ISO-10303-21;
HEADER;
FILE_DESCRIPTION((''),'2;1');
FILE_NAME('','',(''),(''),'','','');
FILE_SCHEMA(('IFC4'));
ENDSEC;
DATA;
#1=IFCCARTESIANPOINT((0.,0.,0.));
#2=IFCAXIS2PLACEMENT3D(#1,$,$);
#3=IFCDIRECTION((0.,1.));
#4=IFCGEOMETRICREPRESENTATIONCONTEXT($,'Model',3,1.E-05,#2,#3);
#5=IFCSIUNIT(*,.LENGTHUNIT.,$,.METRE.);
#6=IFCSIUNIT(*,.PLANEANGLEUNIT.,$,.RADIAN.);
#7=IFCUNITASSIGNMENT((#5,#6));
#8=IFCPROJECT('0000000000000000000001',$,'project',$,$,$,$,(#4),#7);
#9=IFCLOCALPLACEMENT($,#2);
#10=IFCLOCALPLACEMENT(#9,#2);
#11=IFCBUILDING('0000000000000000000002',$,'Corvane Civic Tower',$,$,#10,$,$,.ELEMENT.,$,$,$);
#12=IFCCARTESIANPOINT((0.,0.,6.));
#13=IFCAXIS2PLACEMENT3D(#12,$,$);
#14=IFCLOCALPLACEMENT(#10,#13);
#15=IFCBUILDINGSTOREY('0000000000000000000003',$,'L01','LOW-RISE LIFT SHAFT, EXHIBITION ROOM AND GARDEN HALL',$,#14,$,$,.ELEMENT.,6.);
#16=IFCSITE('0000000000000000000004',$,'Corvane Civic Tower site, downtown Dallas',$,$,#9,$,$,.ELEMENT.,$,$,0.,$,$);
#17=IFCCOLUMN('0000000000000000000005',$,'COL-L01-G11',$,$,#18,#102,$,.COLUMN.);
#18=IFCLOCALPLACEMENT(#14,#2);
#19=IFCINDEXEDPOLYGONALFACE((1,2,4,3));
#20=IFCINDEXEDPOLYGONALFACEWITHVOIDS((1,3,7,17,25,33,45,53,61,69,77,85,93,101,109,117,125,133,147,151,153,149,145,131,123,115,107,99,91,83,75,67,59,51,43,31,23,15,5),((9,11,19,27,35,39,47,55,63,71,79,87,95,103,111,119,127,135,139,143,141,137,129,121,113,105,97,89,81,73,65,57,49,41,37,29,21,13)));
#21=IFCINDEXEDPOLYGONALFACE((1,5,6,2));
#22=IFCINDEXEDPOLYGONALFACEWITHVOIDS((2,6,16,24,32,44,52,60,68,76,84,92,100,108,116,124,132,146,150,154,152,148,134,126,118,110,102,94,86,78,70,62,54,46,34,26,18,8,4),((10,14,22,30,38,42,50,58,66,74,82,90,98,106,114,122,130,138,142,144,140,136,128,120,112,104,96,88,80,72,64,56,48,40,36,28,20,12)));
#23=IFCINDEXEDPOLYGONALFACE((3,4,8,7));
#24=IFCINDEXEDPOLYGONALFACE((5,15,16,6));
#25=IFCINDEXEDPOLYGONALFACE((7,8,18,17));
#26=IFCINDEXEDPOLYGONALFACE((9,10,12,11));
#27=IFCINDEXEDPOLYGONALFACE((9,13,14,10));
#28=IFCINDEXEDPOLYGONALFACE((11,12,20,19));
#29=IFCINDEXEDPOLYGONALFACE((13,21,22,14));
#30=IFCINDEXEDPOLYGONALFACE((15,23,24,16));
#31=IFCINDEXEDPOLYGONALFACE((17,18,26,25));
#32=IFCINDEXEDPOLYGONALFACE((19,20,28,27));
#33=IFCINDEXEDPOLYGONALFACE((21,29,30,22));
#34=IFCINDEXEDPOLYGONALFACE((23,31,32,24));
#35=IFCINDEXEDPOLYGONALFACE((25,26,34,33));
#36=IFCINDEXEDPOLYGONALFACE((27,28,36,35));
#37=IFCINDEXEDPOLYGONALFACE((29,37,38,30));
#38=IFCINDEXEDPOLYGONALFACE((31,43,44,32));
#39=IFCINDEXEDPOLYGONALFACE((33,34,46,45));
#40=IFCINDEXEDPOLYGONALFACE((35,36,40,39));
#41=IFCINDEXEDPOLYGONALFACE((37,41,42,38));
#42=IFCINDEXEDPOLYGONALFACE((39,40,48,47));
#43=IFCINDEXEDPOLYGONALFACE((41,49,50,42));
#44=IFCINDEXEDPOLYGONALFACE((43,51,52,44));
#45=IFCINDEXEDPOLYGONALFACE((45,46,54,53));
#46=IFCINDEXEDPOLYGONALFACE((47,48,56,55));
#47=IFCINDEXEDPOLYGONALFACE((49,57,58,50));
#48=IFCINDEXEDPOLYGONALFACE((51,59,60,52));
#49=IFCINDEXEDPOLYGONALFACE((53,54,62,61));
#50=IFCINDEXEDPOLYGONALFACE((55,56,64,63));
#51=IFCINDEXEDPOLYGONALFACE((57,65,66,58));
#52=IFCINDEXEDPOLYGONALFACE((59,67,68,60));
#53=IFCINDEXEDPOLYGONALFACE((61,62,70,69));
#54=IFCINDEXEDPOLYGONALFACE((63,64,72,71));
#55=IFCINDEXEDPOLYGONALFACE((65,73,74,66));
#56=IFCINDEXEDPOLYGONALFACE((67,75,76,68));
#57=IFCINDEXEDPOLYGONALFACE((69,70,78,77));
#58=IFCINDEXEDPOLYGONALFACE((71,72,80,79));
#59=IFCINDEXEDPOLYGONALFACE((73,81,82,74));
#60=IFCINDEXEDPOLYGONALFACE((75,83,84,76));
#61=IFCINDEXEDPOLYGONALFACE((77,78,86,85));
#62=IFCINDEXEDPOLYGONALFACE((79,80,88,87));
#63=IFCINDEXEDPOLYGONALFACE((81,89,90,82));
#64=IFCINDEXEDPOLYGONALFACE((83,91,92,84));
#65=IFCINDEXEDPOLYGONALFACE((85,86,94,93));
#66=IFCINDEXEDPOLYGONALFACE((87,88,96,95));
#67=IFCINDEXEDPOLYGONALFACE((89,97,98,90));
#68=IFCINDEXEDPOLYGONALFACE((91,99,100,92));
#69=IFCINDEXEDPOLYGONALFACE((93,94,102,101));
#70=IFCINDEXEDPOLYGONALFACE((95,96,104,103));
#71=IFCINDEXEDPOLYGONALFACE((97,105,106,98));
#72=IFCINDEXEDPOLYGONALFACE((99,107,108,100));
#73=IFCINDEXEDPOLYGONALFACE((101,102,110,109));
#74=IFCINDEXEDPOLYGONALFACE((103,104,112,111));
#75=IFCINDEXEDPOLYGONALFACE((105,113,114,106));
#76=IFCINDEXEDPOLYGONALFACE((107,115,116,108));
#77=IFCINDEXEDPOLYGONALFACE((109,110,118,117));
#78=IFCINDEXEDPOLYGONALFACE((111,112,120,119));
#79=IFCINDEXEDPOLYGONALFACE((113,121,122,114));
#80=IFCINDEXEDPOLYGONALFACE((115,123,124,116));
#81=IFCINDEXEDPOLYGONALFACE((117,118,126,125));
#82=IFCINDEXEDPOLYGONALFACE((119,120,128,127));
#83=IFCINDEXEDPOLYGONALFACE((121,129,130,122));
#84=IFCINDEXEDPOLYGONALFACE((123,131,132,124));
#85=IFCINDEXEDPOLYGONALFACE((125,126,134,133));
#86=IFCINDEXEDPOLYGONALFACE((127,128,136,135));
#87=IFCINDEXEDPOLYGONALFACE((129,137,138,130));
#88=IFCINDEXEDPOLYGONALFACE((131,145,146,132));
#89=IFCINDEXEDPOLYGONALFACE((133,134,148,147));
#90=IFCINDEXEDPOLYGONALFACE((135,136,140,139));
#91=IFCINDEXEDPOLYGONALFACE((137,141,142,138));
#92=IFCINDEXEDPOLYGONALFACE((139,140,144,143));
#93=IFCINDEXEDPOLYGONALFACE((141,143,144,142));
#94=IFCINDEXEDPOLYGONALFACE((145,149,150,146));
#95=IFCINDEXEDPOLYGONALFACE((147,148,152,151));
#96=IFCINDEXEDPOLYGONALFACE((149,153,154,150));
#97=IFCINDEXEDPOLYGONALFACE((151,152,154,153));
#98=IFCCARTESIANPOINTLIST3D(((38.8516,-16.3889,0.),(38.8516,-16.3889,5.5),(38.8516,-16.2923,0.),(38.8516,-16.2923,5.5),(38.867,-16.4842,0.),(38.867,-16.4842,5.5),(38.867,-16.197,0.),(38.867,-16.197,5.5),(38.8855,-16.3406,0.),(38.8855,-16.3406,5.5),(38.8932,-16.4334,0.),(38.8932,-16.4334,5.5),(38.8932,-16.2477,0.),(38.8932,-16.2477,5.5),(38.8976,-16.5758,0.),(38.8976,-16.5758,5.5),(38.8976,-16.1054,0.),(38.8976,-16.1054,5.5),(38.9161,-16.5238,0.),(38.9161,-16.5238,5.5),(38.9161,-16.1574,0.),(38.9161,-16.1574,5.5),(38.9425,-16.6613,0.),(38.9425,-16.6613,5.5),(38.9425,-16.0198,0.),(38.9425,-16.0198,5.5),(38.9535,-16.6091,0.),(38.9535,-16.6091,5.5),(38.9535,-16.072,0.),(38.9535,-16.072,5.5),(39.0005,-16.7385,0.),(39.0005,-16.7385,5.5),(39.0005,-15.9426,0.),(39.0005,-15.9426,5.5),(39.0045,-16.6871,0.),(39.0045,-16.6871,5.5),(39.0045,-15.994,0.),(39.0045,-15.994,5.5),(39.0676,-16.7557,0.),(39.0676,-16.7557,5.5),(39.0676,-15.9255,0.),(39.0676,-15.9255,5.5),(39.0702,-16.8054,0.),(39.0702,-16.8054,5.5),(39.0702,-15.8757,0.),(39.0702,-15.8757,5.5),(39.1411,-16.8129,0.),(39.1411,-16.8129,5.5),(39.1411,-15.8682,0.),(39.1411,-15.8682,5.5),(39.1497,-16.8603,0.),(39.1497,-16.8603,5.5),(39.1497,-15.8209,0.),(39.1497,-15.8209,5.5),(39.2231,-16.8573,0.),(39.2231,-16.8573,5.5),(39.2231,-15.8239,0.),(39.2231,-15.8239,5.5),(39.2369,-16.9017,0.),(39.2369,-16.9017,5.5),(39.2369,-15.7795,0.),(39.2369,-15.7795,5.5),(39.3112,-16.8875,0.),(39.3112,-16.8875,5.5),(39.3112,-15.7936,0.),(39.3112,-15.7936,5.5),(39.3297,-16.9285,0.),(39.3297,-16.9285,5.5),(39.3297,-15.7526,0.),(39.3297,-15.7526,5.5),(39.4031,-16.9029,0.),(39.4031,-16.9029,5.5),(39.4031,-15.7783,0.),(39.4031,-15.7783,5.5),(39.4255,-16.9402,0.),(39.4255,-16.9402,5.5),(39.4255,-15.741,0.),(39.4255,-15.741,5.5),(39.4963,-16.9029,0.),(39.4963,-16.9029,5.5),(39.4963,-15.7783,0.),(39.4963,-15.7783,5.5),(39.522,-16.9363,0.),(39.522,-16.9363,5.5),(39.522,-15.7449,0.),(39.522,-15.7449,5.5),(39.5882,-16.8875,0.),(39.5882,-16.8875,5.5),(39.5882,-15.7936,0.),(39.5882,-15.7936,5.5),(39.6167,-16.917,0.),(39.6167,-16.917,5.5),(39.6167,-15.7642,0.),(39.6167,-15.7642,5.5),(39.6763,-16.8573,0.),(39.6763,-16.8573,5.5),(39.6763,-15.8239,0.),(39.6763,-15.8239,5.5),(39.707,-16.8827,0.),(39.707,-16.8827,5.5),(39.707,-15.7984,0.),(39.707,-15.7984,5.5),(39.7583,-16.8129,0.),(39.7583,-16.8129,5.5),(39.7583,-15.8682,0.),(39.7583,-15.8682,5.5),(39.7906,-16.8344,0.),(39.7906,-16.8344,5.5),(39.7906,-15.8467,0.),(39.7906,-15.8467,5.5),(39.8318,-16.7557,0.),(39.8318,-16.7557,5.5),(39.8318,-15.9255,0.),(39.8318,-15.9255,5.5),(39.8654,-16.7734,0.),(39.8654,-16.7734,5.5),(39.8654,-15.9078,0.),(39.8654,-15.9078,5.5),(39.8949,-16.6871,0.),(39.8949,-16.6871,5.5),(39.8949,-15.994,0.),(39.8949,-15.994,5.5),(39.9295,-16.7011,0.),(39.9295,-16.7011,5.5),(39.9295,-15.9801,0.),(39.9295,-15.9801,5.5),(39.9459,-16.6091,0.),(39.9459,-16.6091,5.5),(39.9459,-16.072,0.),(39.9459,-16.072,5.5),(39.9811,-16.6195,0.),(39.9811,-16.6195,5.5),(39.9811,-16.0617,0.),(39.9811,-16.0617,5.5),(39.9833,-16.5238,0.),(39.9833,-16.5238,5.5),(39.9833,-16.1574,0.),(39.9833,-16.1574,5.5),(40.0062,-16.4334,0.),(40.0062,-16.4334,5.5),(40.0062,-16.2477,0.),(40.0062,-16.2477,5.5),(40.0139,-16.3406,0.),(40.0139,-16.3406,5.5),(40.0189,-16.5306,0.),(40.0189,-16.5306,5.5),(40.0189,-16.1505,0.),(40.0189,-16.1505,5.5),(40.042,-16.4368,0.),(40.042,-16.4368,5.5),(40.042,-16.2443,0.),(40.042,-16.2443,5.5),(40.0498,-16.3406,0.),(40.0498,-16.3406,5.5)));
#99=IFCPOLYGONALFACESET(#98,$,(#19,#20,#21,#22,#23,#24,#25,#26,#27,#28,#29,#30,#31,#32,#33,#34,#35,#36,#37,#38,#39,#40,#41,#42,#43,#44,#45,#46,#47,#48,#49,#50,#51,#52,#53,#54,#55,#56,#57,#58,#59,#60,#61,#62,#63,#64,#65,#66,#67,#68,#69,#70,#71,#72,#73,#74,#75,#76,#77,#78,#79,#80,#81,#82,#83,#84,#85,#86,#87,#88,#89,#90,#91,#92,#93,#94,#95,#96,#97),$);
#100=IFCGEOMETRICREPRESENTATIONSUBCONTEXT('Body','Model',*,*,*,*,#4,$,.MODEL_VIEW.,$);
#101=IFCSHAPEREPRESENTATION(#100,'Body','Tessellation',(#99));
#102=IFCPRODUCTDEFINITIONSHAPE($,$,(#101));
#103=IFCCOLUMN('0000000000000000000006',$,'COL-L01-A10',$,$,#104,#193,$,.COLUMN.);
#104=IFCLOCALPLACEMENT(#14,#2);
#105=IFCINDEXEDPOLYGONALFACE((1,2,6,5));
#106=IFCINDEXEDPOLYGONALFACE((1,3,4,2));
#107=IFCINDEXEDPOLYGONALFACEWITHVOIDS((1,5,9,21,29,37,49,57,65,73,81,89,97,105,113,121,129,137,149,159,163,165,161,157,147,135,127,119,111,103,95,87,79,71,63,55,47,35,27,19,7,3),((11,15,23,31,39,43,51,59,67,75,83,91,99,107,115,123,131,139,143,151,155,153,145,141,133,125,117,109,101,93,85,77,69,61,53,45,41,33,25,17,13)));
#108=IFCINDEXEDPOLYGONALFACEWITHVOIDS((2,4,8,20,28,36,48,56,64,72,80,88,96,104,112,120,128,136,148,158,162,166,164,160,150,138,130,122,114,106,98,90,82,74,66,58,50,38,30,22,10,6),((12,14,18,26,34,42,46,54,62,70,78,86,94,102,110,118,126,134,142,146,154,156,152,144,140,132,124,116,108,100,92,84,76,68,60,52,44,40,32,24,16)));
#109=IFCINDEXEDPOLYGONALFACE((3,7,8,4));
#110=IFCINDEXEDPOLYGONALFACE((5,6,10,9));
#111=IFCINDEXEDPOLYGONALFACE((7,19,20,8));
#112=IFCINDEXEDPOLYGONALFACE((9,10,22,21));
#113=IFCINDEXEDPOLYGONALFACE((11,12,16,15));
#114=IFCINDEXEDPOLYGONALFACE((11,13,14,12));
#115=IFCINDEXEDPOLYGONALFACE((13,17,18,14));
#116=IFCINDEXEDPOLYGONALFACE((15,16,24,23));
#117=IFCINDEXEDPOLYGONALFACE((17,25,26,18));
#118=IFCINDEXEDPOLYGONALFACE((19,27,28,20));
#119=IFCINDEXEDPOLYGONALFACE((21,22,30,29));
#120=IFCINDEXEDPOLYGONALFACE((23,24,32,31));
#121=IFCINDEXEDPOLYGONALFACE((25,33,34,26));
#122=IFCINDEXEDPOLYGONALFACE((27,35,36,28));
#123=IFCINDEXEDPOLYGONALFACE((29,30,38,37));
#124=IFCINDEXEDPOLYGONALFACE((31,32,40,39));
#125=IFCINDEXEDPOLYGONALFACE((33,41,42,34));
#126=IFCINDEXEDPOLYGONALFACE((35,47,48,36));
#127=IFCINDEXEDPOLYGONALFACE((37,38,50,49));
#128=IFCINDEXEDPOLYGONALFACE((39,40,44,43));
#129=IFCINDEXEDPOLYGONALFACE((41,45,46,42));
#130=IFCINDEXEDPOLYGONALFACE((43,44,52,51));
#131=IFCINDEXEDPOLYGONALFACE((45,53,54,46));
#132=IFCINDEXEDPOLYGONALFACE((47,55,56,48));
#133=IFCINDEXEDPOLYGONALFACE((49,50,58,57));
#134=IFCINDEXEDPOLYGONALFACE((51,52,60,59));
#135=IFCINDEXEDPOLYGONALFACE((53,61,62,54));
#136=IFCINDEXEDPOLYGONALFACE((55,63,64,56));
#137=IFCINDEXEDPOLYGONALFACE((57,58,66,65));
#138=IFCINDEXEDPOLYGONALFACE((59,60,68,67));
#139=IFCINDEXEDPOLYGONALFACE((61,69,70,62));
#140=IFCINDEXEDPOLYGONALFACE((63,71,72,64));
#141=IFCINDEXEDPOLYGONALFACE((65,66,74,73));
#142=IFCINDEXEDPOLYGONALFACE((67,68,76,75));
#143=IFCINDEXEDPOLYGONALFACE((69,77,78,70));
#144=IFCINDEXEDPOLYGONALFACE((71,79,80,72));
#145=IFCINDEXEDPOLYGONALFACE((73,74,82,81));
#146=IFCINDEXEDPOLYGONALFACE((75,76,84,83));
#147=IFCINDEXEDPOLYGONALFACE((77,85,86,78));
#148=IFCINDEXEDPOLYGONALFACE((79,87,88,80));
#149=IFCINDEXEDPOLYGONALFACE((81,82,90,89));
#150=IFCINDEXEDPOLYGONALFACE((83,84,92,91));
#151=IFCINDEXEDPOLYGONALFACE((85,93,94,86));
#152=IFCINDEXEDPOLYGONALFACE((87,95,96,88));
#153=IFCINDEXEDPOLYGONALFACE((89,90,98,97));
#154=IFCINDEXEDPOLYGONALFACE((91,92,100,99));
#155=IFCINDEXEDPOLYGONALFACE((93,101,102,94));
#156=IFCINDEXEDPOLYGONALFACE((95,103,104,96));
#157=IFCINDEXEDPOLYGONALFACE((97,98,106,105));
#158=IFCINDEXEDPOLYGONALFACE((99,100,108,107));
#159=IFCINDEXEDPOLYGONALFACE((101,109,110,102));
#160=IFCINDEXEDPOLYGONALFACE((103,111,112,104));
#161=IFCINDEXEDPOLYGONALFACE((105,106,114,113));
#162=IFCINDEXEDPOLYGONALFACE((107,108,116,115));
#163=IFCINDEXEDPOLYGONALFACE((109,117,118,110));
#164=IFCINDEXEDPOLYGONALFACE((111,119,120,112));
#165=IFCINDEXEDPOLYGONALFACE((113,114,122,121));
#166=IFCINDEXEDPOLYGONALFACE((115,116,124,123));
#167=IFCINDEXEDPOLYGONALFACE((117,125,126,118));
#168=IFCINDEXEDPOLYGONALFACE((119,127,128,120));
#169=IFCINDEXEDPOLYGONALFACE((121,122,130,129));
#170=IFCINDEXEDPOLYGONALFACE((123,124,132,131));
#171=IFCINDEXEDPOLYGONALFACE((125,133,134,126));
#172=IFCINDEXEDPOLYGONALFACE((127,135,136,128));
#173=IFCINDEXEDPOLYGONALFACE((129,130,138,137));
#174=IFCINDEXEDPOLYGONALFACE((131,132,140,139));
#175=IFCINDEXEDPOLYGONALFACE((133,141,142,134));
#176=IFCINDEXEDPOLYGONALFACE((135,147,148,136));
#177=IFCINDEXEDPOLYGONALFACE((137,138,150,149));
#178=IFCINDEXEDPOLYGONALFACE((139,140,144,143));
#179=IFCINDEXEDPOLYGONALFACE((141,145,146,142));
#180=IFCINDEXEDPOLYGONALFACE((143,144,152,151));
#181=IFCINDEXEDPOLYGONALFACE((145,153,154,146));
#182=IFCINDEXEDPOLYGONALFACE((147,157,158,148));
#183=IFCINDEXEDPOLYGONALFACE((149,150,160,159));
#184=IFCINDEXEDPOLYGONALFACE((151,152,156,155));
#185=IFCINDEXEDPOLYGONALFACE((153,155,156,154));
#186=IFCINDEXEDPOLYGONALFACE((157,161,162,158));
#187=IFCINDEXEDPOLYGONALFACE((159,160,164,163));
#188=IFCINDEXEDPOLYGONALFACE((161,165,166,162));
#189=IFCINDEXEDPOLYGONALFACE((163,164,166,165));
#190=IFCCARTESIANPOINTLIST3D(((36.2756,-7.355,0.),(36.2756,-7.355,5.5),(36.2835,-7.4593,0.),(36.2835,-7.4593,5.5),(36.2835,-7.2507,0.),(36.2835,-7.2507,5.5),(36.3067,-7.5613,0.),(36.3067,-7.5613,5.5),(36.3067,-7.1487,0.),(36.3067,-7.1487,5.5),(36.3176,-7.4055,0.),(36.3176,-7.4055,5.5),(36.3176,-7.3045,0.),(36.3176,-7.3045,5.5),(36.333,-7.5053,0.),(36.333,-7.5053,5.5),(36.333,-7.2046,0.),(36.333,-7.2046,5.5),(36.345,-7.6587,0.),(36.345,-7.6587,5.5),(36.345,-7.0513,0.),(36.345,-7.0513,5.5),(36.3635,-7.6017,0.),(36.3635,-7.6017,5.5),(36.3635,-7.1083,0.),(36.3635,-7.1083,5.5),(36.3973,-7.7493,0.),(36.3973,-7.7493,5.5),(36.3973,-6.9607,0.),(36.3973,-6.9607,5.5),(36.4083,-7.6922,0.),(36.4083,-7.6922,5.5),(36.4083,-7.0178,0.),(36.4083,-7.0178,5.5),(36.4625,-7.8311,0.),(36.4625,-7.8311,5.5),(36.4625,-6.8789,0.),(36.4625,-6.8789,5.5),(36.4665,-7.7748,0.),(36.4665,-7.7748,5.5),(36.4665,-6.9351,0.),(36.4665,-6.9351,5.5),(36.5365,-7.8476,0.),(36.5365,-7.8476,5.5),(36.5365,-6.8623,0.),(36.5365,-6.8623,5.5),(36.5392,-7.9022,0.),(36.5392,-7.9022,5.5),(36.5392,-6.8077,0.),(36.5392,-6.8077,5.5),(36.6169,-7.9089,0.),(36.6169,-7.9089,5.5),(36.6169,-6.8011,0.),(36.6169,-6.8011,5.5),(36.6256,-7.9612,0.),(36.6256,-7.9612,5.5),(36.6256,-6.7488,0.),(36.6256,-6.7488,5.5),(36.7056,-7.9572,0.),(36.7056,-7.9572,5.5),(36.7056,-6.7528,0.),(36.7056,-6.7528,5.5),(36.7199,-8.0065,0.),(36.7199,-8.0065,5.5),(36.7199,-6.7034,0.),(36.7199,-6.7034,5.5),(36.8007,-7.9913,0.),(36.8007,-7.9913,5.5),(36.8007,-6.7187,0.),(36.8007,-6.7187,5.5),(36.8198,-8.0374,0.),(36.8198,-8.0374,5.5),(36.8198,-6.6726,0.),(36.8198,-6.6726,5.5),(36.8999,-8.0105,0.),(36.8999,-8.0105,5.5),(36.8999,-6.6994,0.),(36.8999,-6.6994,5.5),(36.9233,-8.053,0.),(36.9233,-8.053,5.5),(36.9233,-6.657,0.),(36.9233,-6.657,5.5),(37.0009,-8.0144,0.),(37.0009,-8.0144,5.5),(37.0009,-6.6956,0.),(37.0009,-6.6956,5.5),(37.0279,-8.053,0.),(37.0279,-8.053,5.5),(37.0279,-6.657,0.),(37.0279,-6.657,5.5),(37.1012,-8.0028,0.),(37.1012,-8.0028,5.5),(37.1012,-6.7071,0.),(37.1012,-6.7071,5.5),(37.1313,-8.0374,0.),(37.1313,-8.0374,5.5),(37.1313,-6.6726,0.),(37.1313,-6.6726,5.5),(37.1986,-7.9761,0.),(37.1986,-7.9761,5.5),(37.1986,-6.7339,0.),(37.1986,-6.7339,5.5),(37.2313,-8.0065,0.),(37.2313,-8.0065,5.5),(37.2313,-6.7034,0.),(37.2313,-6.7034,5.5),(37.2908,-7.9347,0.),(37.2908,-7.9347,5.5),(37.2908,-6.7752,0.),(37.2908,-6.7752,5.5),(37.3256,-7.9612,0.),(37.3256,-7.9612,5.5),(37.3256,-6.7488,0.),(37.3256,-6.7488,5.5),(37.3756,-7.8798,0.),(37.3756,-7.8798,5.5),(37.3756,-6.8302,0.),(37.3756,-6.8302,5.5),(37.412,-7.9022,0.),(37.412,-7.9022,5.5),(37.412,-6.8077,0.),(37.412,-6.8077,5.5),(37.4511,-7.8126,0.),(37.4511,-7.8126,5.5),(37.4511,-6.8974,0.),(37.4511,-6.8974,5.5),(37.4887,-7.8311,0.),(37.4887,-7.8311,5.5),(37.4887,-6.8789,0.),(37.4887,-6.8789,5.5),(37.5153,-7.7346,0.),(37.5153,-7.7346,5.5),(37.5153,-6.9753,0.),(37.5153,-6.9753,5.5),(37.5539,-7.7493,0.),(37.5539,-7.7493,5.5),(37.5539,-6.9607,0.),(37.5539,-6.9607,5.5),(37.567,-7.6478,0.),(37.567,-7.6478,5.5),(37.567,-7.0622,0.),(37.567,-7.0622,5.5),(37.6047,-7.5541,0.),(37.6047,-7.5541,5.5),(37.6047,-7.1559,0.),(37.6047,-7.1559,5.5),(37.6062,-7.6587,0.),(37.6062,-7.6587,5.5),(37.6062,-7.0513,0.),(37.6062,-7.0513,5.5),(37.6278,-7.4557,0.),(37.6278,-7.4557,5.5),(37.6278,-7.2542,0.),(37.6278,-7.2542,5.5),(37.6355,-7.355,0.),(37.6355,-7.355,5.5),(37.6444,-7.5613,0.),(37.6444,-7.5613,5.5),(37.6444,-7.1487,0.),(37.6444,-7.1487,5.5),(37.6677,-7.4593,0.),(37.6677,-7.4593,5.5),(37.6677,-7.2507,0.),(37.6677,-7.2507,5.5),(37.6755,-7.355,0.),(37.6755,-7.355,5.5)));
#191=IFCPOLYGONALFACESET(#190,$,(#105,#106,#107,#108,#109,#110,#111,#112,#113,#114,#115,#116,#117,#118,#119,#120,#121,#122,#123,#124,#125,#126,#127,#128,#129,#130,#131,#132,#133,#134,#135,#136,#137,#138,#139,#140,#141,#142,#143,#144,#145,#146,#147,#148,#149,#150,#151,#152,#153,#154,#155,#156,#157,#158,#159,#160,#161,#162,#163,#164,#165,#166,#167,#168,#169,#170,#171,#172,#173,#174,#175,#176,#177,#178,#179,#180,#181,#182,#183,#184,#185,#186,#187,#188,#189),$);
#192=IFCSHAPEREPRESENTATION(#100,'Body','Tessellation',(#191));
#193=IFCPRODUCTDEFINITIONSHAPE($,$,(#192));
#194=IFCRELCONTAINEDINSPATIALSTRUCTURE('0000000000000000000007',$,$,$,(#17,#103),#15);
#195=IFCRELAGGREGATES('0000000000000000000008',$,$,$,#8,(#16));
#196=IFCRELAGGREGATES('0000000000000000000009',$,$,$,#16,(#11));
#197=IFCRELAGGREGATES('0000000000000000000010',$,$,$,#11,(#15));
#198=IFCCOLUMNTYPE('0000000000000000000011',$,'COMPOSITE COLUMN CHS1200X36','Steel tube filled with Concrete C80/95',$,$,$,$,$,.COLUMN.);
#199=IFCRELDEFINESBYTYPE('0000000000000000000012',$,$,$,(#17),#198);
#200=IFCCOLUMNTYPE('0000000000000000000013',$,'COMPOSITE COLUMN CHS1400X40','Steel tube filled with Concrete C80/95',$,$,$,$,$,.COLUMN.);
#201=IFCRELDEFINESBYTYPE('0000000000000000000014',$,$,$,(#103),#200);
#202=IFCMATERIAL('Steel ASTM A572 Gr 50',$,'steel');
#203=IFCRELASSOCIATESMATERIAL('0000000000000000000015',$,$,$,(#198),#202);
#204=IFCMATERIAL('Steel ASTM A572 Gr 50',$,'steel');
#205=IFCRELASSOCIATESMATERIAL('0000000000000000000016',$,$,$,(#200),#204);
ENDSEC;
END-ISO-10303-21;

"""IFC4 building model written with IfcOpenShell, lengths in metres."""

from ifc_helpers import new_model, si_unit, direction, frame, origin, origin_2d, place, context, subcontext, project, spatial, hollow_circle, extrude, material, material_profile, profile_set, type_object, element, save


model = new_model("IFC4")

# Units and contexts
model_context = context("Model", 3, precision=1e-05, world=origin(), true_north=direction((0.0, 1.0)))
body_context = subcontext(model_context, "Body", "Model", "MODEL_VIEW")
ifc_project = project(units=[si_unit("LENGTHUNIT", "METRE"), si_unit("PLANEANGLEUNIT", "RADIAN")], contexts=[model_context])

# Site, building, storey
site_placement = place(None, origin())
site = spatial("IfcSite", under=ifc_project, at=site_placement, Name="Corvane Civic Tower site, downtown Dallas", CompositionType="ELEMENT", RefElevation=0.0)
building_placement = place(site_placement, origin())
building = spatial("IfcBuilding", under=site, at=building_placement, Name="Corvane Civic Tower", CompositionType="ELEMENT")
storey_placement = place(building_placement, frame((0.0, 0.0, 6.0)))
storey = spatial("IfcBuildingStorey", under=building, at=storey_placement, Name="L01", Description="LOW-RISE LIFT SHAFT, EXHIBITION ROOM AND GARDEN HALL", CompositionType="ELEMENT", Elevation=6.0)

# Columns
ifc_material_1 = material(Name="Steel ASTM A572 Gr 50", Category="steel")
ifc_material_profile_1 = material_profile(ifc_material_1, hollow_circle(Radius=0.6001, WallThickness=0.0359, at=origin_2d()), Name="CHS1200X36")
ifc_profile_set_1 = profile_set([ifc_material_profile_1], Name="Steel ASTM A572 Gr 50")
column_type_1 = type_object("IfcColumnType", Name="COMPOSITE COLUMN CHS1200X36", Description="Steel tube filled with Concrete C80/95", PredefinedType="COLUMN", material=ifc_profile_set_1)
column_placement = place(storey_placement, frame((39.4497, -16.3406, 0.0), z_axis=(0.0, 0.0, 1.0), x_axis=(1.0, 0.0, 0.0)))
element("IfcColumn", 1, at=column_placement, inside=storey, type_object=column_type_1, Name="COL-L01-G11", PredefinedType="COLUMN", context=body_context, shape_type="SweptSolid", body=[
    extrude(hollow_circle(Radius=0.6001, WallThickness=0.0359, at=origin_2d()), origin(), (0.0, 0.0, 1.0), 5.5),
])
ifc_material_2 = material(Name="Steel ASTM A572 Gr 50", Category="steel")
ifc_material_profile_2 = material_profile(ifc_material_2, hollow_circle(Radius=0.7, WallThickness=0.04, at=origin_2d()), Name="CHS1400X40")
ifc_profile_set_2 = profile_set([ifc_material_profile_2], Name="Steel ASTM A572 Gr 50")
column_type_2 = type_object("IfcColumnType", Name="COMPOSITE COLUMN CHS1400X40", Description="Steel tube filled with Concrete C80/95", PredefinedType="COLUMN", material=ifc_profile_set_2)
for number, where, z_axis, x_axis, name in (
    (2, (36.9756, -7.355, 0.0), (0.0, 0.0, 1.0), (1.0, 0.0, 0.0), "COL-L01-A10"),
):
    element("IfcColumn", number, at=place(storey_placement, frame(where, z_axis=z_axis, x_axis=x_axis)), inside=storey, type_object=column_type_2, Name=name, PredefinedType="COLUMN", context=body_context, shape_type="SweptSolid", body=[
        extrude(hollow_circle(Radius=0.7, WallThickness=0.04, at=origin_2d()), origin(), (0.0, 0.0, 1.0), 5.5),
    ])

save(model, "model.ifc")
